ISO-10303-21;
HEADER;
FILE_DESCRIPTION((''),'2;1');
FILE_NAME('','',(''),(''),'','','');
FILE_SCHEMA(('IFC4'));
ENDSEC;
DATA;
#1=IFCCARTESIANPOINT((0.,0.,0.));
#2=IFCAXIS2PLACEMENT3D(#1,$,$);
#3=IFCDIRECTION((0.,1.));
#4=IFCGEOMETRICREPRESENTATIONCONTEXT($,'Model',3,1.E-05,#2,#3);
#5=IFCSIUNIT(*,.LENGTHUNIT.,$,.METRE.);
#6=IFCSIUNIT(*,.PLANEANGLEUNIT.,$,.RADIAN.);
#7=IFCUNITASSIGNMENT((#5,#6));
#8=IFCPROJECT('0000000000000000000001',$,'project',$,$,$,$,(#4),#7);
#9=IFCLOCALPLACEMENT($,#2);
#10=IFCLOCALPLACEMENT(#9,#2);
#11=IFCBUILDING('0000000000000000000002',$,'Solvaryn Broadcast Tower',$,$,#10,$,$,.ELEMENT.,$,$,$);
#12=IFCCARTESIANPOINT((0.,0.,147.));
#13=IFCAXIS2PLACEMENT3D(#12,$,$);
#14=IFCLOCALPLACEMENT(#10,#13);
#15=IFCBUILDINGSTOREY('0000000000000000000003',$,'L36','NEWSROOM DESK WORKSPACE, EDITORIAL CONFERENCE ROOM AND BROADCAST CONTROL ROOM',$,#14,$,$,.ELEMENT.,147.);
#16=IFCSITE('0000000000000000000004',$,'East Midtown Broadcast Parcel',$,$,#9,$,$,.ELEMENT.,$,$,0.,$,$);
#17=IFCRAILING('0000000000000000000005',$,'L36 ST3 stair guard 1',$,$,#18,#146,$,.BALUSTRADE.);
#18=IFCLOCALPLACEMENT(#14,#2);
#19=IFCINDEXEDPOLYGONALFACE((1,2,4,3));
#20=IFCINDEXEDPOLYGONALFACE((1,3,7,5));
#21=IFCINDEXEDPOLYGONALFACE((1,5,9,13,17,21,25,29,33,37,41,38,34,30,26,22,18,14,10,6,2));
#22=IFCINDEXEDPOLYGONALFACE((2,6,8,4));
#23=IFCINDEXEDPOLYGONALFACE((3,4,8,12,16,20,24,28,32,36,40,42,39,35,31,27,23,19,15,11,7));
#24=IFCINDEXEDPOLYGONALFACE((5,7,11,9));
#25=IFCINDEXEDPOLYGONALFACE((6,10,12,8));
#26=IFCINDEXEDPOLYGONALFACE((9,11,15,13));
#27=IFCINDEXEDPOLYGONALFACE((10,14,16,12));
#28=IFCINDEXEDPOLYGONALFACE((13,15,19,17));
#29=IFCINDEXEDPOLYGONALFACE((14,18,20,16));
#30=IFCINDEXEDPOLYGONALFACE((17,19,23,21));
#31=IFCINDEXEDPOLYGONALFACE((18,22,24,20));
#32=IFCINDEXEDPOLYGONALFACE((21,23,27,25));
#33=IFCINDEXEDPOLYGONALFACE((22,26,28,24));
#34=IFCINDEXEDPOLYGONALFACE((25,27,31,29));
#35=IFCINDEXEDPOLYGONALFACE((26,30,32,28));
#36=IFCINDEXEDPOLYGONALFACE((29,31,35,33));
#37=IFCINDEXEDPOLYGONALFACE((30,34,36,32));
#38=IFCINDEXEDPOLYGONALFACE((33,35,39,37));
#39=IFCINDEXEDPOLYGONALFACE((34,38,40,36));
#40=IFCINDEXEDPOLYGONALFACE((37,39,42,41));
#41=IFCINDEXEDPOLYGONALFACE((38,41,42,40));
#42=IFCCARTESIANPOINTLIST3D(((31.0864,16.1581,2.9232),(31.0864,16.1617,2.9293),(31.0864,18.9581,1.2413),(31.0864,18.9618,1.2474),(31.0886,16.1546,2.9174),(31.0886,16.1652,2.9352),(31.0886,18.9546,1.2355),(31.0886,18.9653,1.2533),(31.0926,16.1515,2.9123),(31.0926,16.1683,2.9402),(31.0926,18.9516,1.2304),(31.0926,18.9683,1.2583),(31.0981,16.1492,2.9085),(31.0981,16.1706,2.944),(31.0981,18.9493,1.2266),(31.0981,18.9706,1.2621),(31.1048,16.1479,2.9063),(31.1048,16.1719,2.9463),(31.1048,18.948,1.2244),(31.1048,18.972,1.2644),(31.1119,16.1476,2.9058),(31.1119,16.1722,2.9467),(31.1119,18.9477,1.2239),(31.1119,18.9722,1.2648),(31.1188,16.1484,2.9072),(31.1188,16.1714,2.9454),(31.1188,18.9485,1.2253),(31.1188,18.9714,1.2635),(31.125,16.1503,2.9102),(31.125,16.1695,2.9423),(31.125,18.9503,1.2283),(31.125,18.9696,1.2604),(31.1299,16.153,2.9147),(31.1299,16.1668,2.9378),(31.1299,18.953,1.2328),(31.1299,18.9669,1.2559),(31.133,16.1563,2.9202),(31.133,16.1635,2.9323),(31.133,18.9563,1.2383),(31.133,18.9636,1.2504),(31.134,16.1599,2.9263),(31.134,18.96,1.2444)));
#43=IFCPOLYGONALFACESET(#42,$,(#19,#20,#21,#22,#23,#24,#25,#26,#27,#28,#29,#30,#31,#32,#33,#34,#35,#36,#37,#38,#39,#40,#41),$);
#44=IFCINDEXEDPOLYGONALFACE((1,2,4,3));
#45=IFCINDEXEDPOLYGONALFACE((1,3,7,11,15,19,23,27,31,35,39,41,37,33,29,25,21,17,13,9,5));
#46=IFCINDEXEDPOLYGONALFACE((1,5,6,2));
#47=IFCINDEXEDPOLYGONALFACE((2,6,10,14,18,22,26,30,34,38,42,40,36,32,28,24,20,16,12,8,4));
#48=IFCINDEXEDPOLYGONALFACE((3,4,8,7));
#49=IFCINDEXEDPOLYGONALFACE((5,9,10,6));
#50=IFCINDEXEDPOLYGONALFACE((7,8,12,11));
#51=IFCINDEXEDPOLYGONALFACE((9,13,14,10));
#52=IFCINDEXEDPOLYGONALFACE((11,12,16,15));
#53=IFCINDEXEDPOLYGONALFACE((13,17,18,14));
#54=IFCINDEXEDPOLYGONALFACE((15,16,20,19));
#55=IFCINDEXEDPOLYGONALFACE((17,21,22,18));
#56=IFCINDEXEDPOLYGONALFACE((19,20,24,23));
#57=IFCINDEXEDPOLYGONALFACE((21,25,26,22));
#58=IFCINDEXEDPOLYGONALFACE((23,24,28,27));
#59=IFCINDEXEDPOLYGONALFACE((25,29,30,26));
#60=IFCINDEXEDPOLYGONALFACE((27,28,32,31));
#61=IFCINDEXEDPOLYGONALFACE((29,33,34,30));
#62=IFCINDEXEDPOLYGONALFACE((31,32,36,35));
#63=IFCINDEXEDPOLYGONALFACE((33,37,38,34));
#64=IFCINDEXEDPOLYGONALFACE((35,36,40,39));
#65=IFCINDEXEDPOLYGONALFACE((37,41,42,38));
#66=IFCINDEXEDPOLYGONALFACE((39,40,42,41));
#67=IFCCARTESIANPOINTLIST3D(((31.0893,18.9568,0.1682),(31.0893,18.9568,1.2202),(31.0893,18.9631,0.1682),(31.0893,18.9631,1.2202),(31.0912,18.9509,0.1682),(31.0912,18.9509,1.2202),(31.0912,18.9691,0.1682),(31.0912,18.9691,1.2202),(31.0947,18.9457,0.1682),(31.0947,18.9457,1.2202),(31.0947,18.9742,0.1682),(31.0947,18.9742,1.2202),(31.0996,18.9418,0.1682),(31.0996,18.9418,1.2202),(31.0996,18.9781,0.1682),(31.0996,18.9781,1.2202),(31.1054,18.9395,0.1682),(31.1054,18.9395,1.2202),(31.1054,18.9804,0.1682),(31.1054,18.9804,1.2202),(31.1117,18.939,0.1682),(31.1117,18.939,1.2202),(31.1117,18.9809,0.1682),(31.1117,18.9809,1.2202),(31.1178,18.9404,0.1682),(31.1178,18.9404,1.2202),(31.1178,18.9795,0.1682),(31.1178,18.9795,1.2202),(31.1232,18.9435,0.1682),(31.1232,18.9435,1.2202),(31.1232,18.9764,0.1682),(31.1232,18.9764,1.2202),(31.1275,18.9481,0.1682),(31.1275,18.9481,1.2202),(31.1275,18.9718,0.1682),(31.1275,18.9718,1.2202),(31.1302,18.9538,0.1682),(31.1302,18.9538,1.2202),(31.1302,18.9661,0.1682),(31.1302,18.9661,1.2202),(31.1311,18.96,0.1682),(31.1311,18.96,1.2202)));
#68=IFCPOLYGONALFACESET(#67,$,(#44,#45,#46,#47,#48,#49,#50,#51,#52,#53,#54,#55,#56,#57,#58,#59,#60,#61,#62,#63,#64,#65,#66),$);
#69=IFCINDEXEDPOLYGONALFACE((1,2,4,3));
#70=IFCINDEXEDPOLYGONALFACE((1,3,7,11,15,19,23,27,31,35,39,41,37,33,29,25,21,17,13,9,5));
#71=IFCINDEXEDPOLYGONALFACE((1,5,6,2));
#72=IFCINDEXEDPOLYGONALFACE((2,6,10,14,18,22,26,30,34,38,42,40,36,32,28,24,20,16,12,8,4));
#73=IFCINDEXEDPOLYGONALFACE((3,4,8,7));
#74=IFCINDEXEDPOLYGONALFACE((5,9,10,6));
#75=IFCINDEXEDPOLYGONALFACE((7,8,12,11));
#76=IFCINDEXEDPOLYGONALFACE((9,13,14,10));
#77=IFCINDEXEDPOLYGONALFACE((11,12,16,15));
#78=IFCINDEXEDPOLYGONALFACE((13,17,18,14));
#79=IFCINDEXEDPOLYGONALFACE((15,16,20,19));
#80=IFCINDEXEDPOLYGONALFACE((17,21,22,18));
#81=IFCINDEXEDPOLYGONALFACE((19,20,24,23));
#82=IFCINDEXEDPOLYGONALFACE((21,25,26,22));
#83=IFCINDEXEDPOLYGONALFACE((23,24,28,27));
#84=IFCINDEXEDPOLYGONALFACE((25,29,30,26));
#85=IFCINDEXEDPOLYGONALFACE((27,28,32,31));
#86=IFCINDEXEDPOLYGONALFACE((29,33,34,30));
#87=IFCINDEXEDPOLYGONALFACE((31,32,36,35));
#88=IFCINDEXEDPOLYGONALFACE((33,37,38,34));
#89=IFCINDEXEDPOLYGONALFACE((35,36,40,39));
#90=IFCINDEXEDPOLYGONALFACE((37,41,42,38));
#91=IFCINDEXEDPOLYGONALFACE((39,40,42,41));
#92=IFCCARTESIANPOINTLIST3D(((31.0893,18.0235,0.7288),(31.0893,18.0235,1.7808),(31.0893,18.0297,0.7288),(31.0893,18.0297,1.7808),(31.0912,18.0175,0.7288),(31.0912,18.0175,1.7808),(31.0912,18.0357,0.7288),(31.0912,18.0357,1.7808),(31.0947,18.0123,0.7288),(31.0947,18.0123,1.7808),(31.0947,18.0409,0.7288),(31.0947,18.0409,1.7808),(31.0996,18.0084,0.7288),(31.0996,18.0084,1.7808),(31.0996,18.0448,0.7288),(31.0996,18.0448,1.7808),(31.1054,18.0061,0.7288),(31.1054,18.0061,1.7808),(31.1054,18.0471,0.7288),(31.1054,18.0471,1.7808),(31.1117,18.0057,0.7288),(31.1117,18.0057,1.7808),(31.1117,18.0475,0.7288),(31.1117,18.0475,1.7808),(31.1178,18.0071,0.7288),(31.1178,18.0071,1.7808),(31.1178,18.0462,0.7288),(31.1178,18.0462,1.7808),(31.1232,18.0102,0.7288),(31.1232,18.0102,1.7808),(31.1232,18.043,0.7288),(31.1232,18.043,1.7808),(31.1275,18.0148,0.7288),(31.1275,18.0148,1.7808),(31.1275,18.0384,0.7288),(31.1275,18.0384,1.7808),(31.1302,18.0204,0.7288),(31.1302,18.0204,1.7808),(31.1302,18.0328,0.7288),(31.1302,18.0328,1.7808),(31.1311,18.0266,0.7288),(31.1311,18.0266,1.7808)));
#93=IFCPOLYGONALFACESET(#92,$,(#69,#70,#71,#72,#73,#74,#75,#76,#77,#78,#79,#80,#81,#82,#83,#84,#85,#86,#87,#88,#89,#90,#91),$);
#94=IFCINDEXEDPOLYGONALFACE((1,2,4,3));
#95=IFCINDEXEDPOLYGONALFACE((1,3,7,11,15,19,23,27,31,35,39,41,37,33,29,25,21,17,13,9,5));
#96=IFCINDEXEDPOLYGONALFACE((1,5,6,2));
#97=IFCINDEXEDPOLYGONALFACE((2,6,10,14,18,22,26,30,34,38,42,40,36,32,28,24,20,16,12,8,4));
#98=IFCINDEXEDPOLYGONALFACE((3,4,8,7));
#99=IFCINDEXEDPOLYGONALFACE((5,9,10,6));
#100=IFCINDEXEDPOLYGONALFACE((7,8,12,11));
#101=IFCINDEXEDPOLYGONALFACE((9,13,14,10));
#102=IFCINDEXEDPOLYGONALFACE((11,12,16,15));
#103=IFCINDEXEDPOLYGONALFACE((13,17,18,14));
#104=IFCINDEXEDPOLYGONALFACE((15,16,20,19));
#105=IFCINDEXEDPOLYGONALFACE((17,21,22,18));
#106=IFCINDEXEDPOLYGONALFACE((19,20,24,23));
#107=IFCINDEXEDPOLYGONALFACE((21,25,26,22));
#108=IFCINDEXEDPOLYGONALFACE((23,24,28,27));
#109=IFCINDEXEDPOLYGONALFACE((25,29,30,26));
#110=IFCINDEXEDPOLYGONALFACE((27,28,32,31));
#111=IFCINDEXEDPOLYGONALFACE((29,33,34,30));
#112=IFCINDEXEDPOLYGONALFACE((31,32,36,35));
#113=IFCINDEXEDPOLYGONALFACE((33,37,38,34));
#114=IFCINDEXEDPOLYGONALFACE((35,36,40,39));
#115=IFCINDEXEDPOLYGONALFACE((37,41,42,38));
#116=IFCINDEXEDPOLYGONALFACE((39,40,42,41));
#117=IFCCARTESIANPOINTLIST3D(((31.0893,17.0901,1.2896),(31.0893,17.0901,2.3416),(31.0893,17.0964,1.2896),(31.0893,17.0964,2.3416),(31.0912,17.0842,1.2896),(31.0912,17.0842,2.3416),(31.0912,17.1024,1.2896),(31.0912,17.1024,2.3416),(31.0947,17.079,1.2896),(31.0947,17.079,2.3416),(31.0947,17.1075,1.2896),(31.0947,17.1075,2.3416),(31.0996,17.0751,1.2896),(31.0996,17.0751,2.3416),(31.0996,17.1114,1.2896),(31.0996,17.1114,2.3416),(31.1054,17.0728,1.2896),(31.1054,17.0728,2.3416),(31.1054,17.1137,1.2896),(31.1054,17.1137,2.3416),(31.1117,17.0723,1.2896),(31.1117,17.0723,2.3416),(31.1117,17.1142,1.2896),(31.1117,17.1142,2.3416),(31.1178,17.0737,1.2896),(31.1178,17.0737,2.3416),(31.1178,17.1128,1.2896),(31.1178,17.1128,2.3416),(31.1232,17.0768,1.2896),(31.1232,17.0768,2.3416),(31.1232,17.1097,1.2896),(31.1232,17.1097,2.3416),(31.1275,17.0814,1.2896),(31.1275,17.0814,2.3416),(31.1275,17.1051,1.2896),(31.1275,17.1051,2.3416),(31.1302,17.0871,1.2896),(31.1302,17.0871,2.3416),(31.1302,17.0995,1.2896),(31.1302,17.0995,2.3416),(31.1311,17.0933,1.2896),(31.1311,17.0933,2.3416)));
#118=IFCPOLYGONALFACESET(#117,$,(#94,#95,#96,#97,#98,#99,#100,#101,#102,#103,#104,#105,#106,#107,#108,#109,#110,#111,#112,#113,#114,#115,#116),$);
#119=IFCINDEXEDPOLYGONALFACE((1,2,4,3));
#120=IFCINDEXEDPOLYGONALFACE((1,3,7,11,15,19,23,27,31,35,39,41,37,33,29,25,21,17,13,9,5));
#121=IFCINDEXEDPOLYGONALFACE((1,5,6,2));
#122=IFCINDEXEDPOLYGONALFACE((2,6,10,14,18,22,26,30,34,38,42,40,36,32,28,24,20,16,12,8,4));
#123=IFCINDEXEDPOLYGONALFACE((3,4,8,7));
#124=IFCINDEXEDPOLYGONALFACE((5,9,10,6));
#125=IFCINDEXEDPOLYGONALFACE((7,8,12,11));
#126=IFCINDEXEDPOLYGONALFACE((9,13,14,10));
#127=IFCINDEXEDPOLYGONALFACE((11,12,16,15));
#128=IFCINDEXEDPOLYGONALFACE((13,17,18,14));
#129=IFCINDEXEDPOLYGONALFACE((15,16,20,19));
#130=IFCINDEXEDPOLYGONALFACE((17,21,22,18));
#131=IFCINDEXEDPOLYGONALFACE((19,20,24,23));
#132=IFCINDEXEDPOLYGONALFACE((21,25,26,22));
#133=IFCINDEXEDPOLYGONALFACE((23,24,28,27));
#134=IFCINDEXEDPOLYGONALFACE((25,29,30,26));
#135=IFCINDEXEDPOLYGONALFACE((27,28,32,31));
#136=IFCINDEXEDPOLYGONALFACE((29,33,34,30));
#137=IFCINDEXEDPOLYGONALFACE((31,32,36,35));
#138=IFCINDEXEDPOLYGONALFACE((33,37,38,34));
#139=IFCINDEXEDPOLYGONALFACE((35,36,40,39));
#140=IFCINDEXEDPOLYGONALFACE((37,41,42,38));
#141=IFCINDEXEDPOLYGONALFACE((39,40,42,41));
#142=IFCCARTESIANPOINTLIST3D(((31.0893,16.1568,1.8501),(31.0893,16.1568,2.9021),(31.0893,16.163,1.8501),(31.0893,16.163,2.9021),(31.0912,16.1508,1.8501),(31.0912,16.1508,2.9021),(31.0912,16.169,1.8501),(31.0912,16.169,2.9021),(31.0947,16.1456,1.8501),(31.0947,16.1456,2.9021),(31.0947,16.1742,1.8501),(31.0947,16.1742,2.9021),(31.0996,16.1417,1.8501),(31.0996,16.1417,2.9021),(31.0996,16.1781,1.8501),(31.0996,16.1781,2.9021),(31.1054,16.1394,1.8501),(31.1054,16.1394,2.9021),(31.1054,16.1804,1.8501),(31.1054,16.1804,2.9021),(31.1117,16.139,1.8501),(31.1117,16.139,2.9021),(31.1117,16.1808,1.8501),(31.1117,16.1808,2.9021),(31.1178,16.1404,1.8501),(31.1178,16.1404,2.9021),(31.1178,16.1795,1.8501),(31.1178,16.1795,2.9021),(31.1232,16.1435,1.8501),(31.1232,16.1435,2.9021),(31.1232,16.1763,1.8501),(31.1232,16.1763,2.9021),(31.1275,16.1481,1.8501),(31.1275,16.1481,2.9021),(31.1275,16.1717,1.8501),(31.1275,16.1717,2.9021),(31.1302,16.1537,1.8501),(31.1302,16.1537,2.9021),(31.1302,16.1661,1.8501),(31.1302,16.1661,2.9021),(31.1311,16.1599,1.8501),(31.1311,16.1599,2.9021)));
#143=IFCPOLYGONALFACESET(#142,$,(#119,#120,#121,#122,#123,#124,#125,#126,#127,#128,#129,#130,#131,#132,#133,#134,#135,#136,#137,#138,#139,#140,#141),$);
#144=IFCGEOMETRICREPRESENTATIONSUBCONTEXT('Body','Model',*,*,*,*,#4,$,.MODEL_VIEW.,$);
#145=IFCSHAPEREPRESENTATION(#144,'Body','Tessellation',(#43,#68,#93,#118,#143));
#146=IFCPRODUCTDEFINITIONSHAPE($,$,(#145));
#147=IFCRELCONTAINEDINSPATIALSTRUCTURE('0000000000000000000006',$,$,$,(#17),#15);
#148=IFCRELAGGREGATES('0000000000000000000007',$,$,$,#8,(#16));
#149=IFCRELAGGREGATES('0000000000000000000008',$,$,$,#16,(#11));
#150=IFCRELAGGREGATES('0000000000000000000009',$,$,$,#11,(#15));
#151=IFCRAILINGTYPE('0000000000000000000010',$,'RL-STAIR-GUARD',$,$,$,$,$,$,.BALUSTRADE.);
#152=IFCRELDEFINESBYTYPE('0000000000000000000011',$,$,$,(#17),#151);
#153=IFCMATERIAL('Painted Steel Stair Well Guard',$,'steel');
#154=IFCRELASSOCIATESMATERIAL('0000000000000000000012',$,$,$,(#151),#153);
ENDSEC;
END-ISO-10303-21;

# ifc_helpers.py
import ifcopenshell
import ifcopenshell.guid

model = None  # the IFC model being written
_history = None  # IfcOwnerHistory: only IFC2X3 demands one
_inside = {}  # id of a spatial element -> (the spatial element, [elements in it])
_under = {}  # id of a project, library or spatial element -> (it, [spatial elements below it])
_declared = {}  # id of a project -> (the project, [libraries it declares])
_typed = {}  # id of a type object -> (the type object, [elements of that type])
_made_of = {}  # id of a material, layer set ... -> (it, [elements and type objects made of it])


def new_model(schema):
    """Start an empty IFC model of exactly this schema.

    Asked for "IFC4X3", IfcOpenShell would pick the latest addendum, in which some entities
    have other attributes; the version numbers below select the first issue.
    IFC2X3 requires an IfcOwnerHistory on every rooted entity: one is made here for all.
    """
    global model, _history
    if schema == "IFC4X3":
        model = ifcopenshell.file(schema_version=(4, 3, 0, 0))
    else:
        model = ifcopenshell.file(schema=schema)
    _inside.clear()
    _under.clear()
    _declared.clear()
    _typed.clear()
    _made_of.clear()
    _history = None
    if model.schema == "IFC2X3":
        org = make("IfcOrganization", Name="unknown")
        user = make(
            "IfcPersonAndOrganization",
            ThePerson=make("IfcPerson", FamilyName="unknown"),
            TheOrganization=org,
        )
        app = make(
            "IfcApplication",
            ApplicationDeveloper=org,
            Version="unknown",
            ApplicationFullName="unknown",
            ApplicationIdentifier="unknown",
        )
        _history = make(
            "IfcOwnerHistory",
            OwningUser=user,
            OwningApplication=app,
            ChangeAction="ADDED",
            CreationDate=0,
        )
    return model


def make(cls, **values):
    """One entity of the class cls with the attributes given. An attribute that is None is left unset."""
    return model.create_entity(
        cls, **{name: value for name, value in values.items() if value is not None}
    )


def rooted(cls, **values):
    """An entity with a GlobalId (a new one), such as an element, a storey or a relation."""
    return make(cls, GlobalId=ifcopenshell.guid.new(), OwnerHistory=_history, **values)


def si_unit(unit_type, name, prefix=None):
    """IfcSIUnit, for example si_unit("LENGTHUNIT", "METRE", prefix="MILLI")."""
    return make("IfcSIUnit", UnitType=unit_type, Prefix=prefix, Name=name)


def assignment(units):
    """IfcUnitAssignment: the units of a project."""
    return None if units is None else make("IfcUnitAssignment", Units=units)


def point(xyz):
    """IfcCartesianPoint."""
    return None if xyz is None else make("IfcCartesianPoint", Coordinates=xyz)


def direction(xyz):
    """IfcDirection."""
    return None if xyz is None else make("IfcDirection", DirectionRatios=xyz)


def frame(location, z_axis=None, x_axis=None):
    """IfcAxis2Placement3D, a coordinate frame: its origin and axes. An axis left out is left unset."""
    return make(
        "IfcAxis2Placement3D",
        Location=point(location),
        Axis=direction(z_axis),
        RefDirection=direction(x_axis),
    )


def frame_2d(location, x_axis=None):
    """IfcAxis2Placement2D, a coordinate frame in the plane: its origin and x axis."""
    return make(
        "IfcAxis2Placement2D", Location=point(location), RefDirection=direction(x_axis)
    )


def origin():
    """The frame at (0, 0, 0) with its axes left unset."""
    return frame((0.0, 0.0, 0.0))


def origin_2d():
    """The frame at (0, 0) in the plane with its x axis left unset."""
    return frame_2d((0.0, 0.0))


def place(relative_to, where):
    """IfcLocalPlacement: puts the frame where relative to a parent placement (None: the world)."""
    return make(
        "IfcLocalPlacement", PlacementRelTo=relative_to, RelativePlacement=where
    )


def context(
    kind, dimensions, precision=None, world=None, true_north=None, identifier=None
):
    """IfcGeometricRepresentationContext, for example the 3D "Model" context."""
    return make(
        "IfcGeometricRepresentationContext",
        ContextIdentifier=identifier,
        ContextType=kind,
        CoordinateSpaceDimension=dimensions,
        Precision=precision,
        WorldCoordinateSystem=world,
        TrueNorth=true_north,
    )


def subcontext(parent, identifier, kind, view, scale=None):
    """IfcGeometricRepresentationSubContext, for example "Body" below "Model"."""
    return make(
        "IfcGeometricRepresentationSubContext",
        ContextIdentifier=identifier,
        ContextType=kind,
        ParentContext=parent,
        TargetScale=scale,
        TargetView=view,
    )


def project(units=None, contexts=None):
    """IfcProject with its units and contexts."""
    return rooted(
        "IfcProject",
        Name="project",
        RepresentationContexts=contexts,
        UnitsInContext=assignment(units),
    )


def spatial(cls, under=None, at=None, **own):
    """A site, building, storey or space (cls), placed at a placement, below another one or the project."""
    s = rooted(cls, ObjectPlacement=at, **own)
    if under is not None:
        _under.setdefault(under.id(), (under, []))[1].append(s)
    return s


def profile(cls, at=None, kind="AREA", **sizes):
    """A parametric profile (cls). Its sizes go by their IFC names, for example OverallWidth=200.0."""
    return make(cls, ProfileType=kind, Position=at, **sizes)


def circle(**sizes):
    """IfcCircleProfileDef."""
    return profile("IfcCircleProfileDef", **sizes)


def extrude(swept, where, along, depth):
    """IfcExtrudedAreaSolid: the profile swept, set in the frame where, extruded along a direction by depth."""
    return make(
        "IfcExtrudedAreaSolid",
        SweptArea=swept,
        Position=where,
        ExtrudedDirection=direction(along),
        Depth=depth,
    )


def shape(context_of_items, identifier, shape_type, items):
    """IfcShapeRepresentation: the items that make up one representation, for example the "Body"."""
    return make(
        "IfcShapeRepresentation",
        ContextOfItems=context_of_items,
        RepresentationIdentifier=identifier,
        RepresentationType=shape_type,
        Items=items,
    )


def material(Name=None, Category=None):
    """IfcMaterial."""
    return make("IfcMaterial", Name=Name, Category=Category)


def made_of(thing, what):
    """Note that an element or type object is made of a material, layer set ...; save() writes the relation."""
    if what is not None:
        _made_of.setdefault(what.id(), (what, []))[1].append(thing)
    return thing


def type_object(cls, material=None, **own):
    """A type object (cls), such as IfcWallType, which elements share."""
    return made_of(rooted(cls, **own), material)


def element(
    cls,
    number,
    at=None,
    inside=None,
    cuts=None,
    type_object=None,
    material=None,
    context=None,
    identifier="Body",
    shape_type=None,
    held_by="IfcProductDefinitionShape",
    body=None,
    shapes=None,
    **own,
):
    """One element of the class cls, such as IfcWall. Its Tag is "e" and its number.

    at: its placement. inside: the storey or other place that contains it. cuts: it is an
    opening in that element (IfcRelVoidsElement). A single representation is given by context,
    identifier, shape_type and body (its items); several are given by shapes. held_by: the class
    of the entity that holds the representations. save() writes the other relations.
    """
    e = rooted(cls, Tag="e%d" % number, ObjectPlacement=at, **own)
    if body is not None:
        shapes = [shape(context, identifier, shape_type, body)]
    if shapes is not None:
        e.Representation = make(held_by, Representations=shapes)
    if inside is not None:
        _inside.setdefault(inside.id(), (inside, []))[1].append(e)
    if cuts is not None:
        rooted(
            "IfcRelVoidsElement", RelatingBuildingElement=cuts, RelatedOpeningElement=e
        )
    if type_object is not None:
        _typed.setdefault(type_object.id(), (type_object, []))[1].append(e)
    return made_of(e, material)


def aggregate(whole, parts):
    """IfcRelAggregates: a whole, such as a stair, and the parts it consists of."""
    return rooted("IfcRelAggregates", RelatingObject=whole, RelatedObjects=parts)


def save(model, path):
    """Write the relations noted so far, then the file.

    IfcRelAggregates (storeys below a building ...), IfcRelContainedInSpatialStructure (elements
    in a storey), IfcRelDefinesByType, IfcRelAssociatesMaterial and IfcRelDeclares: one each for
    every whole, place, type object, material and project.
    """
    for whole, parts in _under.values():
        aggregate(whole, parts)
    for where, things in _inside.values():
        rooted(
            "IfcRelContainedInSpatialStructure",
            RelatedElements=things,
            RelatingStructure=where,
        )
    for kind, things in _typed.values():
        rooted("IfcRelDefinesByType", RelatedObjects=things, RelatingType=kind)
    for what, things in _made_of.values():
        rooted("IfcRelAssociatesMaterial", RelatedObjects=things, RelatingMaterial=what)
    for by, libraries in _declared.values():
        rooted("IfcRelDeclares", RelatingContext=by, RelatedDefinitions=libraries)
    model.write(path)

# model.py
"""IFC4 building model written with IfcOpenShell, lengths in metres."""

from ifc_helpers import new_model, si_unit, direction, frame, origin, origin_2d, place, context, subcontext, project, spatial, circle, extrude, material, type_object, element, save


model = new_model("IFC4")

# Units and contexts
model_context = context("Model", 3, precision=1e-05, world=origin(), true_north=direction((0.0, 1.0)))
body_context = subcontext(model_context, "Body", "Model", "MODEL_VIEW")
ifc_project = project(units=[si_unit("LENGTHUNIT", "METRE"), si_unit("PLANEANGLEUNIT", "RADIAN")], contexts=[model_context])

# Site, building, storey
site_placement = place(None, origin())
site = spatial("IfcSite", under=ifc_project, at=site_placement, Name="East Midtown Broadcast Parcel", CompositionType="ELEMENT", RefElevation=0.0)
building_placement = place(site_placement, origin())
building = spatial("IfcBuilding", under=site, at=building_placement, Name="Solvaryn Broadcast Tower", CompositionType="ELEMENT")
storey_placement = place(building_placement, frame((0.0, 0.0, 147.0)))
storey = spatial("IfcBuildingStorey", under=building, at=storey_placement, Name="L36", Description="NEWSROOM DESK WORKSPACE, EDITORIAL CONFERENCE ROOM AND BROADCAST CONTROL ROOM", CompositionType="ELEMENT", Elevation=147.0)

# Railing
ifc_material_1 = material(Name="Painted Steel Stair Well Guard", Category="steel")
railing_type_1 = type_object("IfcRailingType", Name="RL-STAIR-GUARD", PredefinedType="BALUSTRADE", material=ifc_material_1)
railing_1_placement = place(storey_placement, frame((31.1101, 18.96, 0.1682)))
element("IfcRailing", 1, at=railing_1_placement, inside=storey, type_object=railing_type_1, Name="L36 ST3 stair guard 1", PredefinedType="BALUSTRADE", context=body_context, shape_type="SweptSolid", body=[
    extrude(circle(Radius=0.0239, at=origin_2d()), frame((0.0, 0.0, 1.0762), z_axis=(0.0, -0.857242, 0.514913), x_axis=(1.0, 0.0, 0.0)), (0.0, 0.0, 1.0), 3.2664),
    extrude(circle(Radius=0.021, at=origin_2d()), origin(), (0.0, 0.0, 1.0), 1.052),
    extrude(circle(Radius=0.021, at=origin_2d()), frame((0.0, -0.9333, 0.5605)), (0.0, 0.0, 1.0), 1.052),
    extrude(circle(Radius=0.021, at=origin_2d()), frame((0.0, -1.8667, 1.1213)), (0.0, 0.0, 1.0), 1.052),
    extrude(circle(Radius=0.021, at=origin_2d()), frame((0.0, -2.8, 1.6819)), (0.0, 0.0, 1.0), 1.052),
])

save(model, "model.ifc")
